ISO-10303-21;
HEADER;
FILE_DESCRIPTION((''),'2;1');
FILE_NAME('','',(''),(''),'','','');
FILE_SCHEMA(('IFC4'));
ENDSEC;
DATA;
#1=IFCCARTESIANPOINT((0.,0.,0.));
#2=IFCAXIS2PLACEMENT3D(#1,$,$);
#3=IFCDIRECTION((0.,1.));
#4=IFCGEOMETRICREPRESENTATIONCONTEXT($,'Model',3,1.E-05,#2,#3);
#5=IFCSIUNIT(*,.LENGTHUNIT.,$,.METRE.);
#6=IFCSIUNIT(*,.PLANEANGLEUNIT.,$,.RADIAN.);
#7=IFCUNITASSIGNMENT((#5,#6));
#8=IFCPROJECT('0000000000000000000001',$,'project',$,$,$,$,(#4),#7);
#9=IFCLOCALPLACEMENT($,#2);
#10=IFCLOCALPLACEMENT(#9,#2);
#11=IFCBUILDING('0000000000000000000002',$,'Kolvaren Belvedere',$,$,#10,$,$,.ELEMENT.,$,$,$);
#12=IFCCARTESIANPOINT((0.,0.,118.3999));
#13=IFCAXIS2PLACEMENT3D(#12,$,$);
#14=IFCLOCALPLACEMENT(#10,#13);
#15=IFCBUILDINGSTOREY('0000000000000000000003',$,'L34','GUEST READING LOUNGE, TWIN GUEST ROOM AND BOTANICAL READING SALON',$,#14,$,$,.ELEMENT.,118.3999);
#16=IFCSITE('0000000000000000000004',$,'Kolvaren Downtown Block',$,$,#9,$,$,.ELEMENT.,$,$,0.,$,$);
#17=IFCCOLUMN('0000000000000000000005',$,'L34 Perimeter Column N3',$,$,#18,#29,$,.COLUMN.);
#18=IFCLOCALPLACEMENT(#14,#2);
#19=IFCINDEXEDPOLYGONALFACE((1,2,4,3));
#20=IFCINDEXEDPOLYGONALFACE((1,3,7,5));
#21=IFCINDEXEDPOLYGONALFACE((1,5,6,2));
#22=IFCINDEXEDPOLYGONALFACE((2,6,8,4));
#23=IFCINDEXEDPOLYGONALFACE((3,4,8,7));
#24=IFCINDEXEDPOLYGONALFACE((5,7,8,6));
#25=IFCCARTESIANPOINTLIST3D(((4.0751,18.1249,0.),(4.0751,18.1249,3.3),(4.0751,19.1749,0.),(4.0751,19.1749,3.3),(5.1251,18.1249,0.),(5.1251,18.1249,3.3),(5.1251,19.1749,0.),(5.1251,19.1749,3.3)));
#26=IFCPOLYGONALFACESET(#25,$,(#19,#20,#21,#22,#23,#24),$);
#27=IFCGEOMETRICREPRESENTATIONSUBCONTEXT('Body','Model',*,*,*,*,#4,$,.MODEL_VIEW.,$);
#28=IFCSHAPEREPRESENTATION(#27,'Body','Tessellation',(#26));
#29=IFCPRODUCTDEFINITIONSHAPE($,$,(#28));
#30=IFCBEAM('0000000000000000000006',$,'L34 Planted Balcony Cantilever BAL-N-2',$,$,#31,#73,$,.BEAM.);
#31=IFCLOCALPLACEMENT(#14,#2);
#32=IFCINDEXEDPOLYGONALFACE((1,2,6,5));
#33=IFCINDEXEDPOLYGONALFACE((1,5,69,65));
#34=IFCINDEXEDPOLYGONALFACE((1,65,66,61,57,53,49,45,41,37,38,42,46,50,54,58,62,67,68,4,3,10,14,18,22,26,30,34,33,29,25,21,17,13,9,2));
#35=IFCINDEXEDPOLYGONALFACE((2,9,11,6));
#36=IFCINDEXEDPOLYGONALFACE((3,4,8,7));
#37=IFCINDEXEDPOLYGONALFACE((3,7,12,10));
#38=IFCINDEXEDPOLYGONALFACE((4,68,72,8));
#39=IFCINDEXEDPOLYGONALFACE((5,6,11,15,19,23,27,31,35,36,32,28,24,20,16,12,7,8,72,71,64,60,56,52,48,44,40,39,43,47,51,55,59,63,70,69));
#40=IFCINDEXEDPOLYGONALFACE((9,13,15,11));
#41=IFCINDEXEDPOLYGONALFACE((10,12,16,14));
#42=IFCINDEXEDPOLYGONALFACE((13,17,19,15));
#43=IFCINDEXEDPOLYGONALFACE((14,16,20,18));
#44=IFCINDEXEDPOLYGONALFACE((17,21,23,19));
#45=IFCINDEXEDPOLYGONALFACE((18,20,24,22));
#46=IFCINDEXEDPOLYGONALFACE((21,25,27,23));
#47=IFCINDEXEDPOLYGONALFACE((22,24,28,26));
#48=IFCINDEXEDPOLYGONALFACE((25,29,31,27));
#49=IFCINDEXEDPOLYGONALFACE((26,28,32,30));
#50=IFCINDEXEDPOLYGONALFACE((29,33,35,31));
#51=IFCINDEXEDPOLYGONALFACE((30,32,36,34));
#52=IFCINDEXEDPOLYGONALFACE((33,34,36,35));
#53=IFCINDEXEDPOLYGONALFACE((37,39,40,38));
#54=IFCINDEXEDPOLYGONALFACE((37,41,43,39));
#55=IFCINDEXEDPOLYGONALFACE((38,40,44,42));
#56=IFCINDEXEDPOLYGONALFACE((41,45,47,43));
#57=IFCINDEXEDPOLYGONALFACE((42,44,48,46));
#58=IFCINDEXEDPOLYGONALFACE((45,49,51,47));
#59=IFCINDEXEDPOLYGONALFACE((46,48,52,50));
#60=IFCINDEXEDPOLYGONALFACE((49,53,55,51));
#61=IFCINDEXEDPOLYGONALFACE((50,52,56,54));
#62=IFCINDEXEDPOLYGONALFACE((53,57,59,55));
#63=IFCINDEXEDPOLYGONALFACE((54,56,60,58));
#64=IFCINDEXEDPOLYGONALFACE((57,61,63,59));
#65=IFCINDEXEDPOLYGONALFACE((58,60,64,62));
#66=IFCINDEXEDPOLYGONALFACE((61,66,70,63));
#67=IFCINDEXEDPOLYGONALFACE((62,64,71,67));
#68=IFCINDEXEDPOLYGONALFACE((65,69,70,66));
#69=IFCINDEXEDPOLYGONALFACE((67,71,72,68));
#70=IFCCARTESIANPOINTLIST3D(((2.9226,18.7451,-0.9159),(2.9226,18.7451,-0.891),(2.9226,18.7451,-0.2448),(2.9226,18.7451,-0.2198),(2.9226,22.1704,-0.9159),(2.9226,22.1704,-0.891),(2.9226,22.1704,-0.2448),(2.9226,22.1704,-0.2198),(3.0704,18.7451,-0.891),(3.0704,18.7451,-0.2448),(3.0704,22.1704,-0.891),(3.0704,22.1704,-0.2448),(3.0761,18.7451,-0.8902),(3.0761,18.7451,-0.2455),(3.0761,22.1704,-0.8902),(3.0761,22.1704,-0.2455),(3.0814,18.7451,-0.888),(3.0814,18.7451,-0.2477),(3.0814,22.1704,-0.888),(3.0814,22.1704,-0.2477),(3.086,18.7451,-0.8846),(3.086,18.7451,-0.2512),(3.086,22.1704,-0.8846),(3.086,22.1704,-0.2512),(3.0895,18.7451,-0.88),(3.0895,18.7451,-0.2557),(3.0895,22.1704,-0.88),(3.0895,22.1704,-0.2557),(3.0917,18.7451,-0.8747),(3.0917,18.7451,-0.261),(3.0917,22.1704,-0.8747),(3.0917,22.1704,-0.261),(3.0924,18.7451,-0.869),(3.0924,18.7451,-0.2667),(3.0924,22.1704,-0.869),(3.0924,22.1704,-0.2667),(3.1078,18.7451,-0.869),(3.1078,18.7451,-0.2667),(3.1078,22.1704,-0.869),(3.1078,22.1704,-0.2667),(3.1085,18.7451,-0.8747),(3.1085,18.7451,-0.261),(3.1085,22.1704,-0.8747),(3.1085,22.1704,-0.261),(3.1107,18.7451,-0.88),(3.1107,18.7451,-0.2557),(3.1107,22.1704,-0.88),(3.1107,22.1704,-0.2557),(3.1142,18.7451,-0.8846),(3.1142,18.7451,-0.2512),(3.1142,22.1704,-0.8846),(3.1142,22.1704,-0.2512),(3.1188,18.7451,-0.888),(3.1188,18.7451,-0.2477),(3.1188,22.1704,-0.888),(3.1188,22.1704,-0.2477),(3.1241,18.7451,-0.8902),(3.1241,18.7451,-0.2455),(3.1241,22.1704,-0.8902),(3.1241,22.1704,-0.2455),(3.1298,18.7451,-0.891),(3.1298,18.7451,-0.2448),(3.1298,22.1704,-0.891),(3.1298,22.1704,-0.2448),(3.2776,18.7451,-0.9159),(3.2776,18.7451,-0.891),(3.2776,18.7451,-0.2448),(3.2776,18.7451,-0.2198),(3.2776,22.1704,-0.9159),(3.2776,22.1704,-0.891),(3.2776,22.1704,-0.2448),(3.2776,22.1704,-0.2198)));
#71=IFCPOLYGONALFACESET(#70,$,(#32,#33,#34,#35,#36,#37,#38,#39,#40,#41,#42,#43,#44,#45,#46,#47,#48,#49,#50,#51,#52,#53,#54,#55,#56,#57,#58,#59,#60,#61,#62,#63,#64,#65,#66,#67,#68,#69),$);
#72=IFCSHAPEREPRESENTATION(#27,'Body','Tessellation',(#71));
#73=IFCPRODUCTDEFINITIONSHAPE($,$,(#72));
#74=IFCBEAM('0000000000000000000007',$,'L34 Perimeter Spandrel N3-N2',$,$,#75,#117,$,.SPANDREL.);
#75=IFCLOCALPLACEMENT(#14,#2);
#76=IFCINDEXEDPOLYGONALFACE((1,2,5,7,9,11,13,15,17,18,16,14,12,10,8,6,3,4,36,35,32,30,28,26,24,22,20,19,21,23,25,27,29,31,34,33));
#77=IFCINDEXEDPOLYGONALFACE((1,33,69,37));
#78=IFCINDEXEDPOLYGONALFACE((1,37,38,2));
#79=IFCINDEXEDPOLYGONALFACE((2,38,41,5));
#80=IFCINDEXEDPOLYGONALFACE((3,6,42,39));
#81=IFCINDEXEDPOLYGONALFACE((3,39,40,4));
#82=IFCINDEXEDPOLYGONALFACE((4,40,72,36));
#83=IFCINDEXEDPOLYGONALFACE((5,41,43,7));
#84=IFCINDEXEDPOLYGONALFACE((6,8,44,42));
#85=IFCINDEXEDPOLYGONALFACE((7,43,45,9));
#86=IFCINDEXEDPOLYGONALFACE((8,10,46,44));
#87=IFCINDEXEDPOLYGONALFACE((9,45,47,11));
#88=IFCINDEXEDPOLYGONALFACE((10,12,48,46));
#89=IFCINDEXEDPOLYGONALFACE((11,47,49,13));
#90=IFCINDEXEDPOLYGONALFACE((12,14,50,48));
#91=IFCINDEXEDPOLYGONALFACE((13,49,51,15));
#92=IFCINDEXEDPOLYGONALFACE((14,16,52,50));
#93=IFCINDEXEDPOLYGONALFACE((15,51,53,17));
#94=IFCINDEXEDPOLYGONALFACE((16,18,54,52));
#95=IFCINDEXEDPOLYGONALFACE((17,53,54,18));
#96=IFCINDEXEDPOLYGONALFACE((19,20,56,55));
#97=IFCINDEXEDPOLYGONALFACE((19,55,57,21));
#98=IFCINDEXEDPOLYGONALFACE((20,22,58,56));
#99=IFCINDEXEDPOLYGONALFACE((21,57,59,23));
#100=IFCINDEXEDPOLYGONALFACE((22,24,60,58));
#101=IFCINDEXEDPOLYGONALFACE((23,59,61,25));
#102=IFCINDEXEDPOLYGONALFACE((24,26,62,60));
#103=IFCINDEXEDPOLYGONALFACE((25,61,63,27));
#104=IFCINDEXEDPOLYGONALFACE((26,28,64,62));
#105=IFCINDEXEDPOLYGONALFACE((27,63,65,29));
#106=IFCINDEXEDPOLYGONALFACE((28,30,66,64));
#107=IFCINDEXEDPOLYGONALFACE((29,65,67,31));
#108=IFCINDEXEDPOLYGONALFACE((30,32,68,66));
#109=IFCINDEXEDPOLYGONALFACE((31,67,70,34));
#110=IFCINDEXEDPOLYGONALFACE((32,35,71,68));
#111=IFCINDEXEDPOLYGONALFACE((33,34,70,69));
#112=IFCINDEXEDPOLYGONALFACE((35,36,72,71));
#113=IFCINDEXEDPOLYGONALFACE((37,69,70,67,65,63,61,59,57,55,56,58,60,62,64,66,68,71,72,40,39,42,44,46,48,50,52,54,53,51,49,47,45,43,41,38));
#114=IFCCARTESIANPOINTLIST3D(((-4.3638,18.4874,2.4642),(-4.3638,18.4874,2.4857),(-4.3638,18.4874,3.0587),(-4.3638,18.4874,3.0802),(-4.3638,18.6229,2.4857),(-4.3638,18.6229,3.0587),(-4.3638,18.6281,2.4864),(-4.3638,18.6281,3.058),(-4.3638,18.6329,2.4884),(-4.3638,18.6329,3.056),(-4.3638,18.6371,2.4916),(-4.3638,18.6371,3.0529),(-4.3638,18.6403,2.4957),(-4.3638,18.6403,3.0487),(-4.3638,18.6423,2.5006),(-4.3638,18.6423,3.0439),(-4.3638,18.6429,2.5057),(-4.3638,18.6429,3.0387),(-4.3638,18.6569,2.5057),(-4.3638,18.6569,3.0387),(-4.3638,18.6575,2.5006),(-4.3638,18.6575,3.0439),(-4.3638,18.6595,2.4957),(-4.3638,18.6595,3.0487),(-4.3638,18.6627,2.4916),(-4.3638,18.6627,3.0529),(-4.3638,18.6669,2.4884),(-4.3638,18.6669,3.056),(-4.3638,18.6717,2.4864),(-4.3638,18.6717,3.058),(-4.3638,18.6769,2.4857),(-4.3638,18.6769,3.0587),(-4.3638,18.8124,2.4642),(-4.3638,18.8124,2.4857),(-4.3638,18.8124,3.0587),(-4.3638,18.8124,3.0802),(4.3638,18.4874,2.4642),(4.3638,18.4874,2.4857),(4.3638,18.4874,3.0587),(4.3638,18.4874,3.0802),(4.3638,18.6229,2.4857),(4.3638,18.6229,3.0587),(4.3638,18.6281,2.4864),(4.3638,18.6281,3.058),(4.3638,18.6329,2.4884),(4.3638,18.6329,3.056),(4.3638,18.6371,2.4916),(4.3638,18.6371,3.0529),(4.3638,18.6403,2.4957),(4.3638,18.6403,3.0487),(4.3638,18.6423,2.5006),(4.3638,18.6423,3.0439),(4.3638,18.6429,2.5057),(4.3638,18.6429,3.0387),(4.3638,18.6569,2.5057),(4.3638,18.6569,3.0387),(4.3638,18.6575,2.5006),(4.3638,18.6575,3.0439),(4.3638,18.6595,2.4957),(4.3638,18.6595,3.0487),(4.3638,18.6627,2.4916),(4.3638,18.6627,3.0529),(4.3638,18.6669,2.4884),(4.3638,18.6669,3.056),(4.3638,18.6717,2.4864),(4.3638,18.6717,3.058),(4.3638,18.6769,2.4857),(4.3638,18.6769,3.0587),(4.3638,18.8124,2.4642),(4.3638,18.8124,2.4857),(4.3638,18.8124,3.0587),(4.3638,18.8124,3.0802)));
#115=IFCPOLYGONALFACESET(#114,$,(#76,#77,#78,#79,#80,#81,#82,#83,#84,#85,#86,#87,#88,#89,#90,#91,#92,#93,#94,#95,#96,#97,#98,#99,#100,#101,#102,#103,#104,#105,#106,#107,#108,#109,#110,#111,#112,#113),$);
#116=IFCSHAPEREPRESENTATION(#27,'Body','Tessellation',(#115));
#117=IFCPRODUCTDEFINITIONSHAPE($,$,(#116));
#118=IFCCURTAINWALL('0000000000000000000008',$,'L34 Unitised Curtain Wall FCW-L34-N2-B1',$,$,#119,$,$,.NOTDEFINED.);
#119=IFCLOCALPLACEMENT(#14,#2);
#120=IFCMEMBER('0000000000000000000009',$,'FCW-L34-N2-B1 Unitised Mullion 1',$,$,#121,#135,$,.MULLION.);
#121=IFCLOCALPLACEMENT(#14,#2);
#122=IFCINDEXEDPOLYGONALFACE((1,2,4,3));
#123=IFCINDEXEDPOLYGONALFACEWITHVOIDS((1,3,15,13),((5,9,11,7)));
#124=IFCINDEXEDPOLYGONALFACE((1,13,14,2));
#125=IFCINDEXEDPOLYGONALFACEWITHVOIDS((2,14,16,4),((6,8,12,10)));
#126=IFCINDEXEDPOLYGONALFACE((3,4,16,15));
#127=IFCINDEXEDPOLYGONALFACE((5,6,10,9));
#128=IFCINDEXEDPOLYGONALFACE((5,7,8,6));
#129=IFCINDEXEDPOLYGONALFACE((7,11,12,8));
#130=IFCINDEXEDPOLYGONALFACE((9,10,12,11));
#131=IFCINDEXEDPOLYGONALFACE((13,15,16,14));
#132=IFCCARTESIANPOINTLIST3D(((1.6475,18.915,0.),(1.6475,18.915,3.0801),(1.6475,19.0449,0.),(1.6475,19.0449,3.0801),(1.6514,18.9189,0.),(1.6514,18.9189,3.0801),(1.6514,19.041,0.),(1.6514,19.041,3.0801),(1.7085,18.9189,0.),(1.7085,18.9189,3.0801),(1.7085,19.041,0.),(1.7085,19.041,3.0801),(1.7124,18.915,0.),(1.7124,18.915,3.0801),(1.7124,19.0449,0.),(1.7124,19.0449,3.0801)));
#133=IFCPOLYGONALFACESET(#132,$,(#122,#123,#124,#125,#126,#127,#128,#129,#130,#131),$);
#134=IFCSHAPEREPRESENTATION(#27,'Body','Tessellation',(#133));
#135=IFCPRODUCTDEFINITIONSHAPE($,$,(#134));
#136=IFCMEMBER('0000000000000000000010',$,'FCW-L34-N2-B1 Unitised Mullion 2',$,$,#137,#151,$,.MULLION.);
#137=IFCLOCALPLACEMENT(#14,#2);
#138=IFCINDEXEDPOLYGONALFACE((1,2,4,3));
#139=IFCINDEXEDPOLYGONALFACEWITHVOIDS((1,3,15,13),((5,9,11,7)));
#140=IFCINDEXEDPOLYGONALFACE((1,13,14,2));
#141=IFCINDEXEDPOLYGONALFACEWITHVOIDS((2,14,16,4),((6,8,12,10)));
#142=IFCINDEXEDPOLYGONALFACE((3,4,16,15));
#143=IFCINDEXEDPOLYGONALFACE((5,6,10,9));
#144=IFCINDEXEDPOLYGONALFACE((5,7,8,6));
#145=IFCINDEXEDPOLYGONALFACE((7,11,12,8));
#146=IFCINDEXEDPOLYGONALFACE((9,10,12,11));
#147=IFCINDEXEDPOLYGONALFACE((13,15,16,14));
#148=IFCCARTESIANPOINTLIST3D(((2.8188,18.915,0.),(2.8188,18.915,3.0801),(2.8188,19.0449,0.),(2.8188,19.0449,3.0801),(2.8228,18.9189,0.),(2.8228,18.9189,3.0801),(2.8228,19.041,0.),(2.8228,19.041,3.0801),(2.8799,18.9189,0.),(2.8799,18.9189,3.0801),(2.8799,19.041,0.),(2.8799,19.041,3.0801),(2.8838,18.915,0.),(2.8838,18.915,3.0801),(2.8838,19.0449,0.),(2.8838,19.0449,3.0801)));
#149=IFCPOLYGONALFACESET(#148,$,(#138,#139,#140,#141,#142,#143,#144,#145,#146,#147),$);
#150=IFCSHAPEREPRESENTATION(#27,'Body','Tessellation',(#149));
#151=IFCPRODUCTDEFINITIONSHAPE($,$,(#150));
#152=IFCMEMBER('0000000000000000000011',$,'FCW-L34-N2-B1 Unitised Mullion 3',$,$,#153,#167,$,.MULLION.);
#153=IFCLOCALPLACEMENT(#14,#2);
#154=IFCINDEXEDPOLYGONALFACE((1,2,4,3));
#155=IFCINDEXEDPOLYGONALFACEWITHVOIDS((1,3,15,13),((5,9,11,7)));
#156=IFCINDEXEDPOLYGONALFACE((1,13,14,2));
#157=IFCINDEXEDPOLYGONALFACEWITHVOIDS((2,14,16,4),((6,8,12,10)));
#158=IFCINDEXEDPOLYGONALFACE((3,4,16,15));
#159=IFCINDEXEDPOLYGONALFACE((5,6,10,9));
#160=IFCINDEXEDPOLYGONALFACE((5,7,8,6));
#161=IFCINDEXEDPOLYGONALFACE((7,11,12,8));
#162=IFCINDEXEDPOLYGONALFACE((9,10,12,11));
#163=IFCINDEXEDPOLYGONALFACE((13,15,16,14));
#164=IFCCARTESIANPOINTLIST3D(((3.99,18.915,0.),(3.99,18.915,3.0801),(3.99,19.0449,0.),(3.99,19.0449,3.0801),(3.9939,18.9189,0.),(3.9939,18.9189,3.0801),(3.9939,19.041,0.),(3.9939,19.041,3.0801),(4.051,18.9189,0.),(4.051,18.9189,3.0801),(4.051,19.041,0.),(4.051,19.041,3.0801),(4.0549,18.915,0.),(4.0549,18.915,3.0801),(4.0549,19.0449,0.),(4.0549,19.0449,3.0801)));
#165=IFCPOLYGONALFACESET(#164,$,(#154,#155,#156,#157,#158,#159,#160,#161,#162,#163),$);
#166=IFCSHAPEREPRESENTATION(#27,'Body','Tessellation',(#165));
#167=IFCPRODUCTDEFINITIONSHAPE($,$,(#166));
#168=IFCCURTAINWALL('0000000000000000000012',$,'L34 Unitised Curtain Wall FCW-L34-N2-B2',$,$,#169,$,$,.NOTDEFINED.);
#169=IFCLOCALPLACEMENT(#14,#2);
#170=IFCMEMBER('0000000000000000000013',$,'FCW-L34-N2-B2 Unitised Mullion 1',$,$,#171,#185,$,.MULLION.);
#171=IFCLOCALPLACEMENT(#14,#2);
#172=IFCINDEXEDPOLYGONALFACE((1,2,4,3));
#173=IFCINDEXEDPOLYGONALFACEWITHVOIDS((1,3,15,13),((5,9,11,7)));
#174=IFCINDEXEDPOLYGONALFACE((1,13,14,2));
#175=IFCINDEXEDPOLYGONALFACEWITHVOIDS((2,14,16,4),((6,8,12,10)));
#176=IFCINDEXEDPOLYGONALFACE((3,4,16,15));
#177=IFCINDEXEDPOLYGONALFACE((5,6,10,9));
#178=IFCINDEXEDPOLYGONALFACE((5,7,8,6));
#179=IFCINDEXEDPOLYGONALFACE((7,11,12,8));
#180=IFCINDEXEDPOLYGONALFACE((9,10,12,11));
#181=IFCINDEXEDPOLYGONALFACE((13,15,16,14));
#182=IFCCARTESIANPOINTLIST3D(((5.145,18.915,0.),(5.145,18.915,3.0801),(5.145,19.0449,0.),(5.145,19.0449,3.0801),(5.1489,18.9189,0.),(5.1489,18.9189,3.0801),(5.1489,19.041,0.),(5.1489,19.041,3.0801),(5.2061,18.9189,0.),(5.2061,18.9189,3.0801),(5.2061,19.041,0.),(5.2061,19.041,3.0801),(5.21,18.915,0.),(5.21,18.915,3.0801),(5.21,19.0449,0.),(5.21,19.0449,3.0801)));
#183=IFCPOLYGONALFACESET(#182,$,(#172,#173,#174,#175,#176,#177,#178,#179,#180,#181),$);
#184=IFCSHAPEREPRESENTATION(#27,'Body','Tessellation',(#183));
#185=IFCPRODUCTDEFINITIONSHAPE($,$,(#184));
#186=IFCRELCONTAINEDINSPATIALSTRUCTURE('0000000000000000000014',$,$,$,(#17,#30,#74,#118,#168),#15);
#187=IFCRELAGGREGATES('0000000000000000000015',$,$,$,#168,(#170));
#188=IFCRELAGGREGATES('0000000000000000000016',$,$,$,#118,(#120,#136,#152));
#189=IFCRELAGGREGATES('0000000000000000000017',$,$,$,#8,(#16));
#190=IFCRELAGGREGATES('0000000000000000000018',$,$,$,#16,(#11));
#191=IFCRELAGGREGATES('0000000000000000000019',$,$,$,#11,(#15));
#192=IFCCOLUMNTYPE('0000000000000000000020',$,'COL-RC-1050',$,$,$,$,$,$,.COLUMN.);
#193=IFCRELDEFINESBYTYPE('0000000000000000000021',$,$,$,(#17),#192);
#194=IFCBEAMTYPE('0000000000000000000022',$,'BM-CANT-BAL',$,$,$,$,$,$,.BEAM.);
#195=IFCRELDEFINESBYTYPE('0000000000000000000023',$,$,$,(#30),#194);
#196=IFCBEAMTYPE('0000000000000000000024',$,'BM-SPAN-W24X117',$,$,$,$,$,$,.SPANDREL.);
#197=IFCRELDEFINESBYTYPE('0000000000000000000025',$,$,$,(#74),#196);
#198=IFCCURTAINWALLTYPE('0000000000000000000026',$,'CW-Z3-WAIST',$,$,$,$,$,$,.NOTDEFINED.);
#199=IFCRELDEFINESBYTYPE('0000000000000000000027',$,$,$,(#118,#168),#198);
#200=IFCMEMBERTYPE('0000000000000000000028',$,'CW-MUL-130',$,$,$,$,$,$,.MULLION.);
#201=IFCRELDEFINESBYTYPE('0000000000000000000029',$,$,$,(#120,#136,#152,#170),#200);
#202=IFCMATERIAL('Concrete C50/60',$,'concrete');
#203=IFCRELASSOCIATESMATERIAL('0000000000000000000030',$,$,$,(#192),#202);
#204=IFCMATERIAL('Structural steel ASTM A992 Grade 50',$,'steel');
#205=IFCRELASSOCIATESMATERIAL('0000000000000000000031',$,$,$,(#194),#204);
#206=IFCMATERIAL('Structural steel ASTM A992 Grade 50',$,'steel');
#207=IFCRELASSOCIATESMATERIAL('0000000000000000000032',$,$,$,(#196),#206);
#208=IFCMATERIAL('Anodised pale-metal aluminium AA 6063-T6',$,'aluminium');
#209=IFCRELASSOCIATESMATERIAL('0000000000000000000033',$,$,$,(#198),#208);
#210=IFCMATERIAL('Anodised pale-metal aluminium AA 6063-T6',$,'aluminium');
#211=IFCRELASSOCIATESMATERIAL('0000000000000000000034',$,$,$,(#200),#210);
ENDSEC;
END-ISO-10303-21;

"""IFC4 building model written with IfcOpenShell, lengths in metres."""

from ifc_helpers import new_model, si_unit, direction, frame, origin, origin_2d, place, context, subcontext, project, spatial, rectangle, hollow_rectangle, i_section, extrude, material, material_profile, profile_set, type_object, element, aggregate, save


model = new_model("IFC4")

# Units and contexts
model_context = context("Model", 3, precision=1e-05, world=origin(), true_north=direction((0.0, 1.0)))
body_context = subcontext(model_context, "Body", "Model", "MODEL_VIEW")
ifc_project = project(units=[si_unit("LENGTHUNIT", "METRE"), si_unit("PLANEANGLEUNIT", "RADIAN")], contexts=[model_context])

# Site, building, storey
site_placement = place(None, origin())
site = spatial("IfcSite", under=ifc_project, at=site_placement, Name="Kolvaren Downtown Block", CompositionType="ELEMENT", RefElevation=0.0)
building_placement = place(site_placement, origin())
building = spatial("IfcBuilding", under=site, at=building_placement, Name="Kolvaren Belvedere", CompositionType="ELEMENT")
storey_placement = place(building_placement, frame((0.0, 0.0, 118.3999)))
storey = spatial("IfcBuildingStorey", under=building, at=storey_placement, Name="L34", Description="GUEST READING LOUNGE, TWIN GUEST ROOM AND BOTANICAL READING SALON", CompositionType="ELEMENT", Elevation=118.3999)

# Column
ifc_material_1 = material(Name="Concrete C50/60", Category="concrete")
ifc_material_profile_1 = material_profile(ifc_material_1, rectangle(XDim=1.05, YDim=1.05, at=origin_2d()), Name="RC 1050X1050")
ifc_profile_set_1 = profile_set([ifc_material_profile_1], Name="Concrete C50/60")
column_type = type_object("IfcColumnType", Name="COL-RC-1050", PredefinedType="COLUMN", material=ifc_profile_set_1)
column_placement = place(storey_placement, frame((4.6001, 18.6499, 0.0), z_axis=(0.0, 0.0, 1.0), x_axis=(1.0, 0.0, 0.0)))
element("IfcColumn", 1, at=column_placement, inside=storey, type_object=column_type, Name="L34 Perimeter Column N3", PredefinedType="COLUMN", context=body_context, shape_type="SweptSolid", body=[
    extrude(rectangle(XDim=1.05, YDim=1.05, at=origin_2d()), origin(), (0.0, 0.0, 1.0), 3.3),
])

# Beams
ifc_material_2 = material(Name="Structural steel ASTM A992 Grade 50", Category="steel")
ifc_material_profile_2 = material_profile(ifc_material_2, i_section(OverallWidth=0.355, OverallDepth=0.696, WebThickness=0.0154, FlangeThickness=0.0249, FilletRadius=0.022, at=origin_2d()), Name="W27X146")
ifc_profile_set_2 = profile_set([ifc_material_profile_2], Name="Structural steel ASTM A992 Grade 50")
beam_type_1 = type_object("IfcBeamType", Name="BM-CANT-BAL", PredefinedType="BEAM", material=ifc_profile_set_2)
beam_1_placement = place(storey_placement, frame((3.1001, 18.7451, -0.5679), z_axis=(0.0, 1.0, 0.0), x_axis=(-1.0, 0.0, 0.0)))
element("IfcBeam", 2, at=beam_1_placement, inside=storey, type_object=beam_type_1, Name="L34 Planted Balcony Cantilever BAL-N-2", PredefinedType="BEAM", context=body_context, shape_type="SweptSolid", body=[
    extrude(i_section(OverallWidth=0.355, OverallDepth=0.696, WebThickness=0.0154, FlangeThickness=0.0249, FilletRadius=0.022, at=origin_2d()), origin(), (0.0, 0.0, 1.0), 3.4253),
])
ifc_material_3 = material(Name="Structural steel ASTM A992 Grade 50", Category="steel")
ifc_material_profile_3 = material_profile(ifc_material_3, i_section(OverallWidth=0.325, OverallDepth=0.616, WebThickness=0.0139, FlangeThickness=0.0215, FilletRadius=0.02, at=origin_2d()), Name="W24X117")
ifc_profile_set_3 = profile_set([ifc_material_profile_3], Name="Structural steel ASTM A992 Grade 50")
beam_type_2 = type_object("IfcBeamType", Name="BM-SPAN-W24X117", PredefinedType="SPANDREL", material=ifc_profile_set_3)
beam_2_placement = place(storey_placement, frame((4.3638, 18.6499, 2.7722), z_axis=(-1.0, 0.0, 0.0), x_axis=(0.0, -1.0, 0.0)))
element("IfcBeam", 3, at=beam_2_placement, inside=storey, type_object=beam_type_2, Name="L34 Perimeter Spandrel N3-N2", PredefinedType="SPANDREL", context=body_context, shape_type="SweptSolid", body=[
    extrude(i_section(OverallWidth=0.325, OverallDepth=0.616, WebThickness=0.0139, FlangeThickness=0.0215, FilletRadius=0.02, at=origin_2d()), origin(), (0.0, 0.0, 1.0), 8.7275),
])

# Curtain wall, members
ifc_material_4 = material(Name="Anodised pale-metal aluminium AA 6063-T6", Category="aluminium")
curtain_wall_type = type_object("IfcCurtainWallType", Name="CW-Z3-WAIST", PredefinedType="NOTDEFINED", material=ifc_material_4)
curtain_wall_1_placement = place(storey_placement, origin())
curtain_wall_1 = element("IfcCurtainWall", 4, at=curtain_wall_1_placement, inside=storey, type_object=curtain_wall_type, Name="L34 Unitised Curtain Wall FCW-L34-N2-B1", PredefinedType="NOTDEFINED")
ifc_material_5 = material(Name="Anodised pale-metal aluminium AA 6063-T6", Category="aluminium")
ifc_material_profile_4 = material_profile(ifc_material_5, hollow_rectangle(XDim=0.0649, YDim=0.1299, WallThickness=0.0039, at=origin_2d()), Name="ALU-MUL-130X65")
ifc_profile_set_4 = profile_set([ifc_material_profile_4], Name="Anodised pale-metal aluminium AA 6063-T6")
member_type_1 = type_object("IfcMemberType", Name="CW-MUL-130", PredefinedType="MULLION", material=ifc_profile_set_4)
member_1_placement = place(storey_placement, frame((1.6799, 18.98, 0.0), z_axis=(0.0, 0.0, 1.0), x_axis=(1.0, 0.0, 0.0)))
member_1 = element("IfcMember", 5, at=member_1_placement, type_object=member_type_1, Name="FCW-L34-N2-B1 Unitised Mullion 1", PredefinedType="MULLION", context=body_context, shape_type="SweptSolid", body=[
    extrude(hollow_rectangle(XDim=0.0649, YDim=0.1299, WallThickness=0.0039, at=origin_2d()), origin(), (0.0, 0.0, 1.0), 3.0801),
])
member_2_placement = place(storey_placement, frame((2.8513, 18.98, 0.0), z_axis=(0.0, 0.0, 1.0), x_axis=(1.0, 0.0, 0.0)))
member_2 = element("IfcMember", 6, at=member_2_placement, type_object=member_type_1, Name="FCW-L34-N2-B1 Unitised Mullion 2", PredefinedType="MULLION", context=body_context, shape_type="SweptSolid", body=[
    extrude(hollow_rectangle(XDim=0.0649, YDim=0.1299, WallThickness=0.0039, at=origin_2d()), origin(), (0.0, 0.0, 1.0), 3.0801),
])
member_3_placement = place(storey_placement, frame((4.0225, 18.98, 0.0), z_axis=(0.0, 0.0, 1.0), x_axis=(1.0, 0.0, 0.0)))
member_3 = element("IfcMember", 7, at=member_3_placement, type_object=member_type_1, Name="FCW-L34-N2-B1 Unitised Mullion 3", PredefinedType="MULLION", context=body_context, shape_type="SweptSolid", body=[
    extrude(hollow_rectangle(XDim=0.0649, YDim=0.1299, WallThickness=0.0039, at=origin_2d()), origin(), (0.0, 0.0, 1.0), 3.0801),
])

# Curtain wall, member
curtain_wall_2_placement = place(storey_placement, origin())
curtain_wall_2 = element("IfcCurtainWall", 8, at=curtain_wall_2_placement, inside=storey, type_object=curtain_wall_type, Name="L34 Unitised Curtain Wall FCW-L34-N2-B2", PredefinedType="NOTDEFINED")
member_4_placement = place(storey_placement, frame((5.1775, 18.98, 0.0), z_axis=(0.0, 0.0, 1.0), x_axis=(1.0, 0.0, 0.0)))
member_4 = element("IfcMember", 9, at=member_4_placement, type_object=member_type_1, Name="FCW-L34-N2-B2 Unitised Mullion 1", PredefinedType="MULLION", context=body_context, shape_type="SweptSolid", body=[
    extrude(hollow_rectangle(XDim=0.0649, YDim=0.1299, WallThickness=0.0039, at=origin_2d()), origin(), (0.0, 0.0, 1.0), 3.0801),
])

aggregate(curtain_wall_2, [member_4])

aggregate(curtain_wall_1, [member_1, member_2, member_3])

save(model, "model.ifc")
